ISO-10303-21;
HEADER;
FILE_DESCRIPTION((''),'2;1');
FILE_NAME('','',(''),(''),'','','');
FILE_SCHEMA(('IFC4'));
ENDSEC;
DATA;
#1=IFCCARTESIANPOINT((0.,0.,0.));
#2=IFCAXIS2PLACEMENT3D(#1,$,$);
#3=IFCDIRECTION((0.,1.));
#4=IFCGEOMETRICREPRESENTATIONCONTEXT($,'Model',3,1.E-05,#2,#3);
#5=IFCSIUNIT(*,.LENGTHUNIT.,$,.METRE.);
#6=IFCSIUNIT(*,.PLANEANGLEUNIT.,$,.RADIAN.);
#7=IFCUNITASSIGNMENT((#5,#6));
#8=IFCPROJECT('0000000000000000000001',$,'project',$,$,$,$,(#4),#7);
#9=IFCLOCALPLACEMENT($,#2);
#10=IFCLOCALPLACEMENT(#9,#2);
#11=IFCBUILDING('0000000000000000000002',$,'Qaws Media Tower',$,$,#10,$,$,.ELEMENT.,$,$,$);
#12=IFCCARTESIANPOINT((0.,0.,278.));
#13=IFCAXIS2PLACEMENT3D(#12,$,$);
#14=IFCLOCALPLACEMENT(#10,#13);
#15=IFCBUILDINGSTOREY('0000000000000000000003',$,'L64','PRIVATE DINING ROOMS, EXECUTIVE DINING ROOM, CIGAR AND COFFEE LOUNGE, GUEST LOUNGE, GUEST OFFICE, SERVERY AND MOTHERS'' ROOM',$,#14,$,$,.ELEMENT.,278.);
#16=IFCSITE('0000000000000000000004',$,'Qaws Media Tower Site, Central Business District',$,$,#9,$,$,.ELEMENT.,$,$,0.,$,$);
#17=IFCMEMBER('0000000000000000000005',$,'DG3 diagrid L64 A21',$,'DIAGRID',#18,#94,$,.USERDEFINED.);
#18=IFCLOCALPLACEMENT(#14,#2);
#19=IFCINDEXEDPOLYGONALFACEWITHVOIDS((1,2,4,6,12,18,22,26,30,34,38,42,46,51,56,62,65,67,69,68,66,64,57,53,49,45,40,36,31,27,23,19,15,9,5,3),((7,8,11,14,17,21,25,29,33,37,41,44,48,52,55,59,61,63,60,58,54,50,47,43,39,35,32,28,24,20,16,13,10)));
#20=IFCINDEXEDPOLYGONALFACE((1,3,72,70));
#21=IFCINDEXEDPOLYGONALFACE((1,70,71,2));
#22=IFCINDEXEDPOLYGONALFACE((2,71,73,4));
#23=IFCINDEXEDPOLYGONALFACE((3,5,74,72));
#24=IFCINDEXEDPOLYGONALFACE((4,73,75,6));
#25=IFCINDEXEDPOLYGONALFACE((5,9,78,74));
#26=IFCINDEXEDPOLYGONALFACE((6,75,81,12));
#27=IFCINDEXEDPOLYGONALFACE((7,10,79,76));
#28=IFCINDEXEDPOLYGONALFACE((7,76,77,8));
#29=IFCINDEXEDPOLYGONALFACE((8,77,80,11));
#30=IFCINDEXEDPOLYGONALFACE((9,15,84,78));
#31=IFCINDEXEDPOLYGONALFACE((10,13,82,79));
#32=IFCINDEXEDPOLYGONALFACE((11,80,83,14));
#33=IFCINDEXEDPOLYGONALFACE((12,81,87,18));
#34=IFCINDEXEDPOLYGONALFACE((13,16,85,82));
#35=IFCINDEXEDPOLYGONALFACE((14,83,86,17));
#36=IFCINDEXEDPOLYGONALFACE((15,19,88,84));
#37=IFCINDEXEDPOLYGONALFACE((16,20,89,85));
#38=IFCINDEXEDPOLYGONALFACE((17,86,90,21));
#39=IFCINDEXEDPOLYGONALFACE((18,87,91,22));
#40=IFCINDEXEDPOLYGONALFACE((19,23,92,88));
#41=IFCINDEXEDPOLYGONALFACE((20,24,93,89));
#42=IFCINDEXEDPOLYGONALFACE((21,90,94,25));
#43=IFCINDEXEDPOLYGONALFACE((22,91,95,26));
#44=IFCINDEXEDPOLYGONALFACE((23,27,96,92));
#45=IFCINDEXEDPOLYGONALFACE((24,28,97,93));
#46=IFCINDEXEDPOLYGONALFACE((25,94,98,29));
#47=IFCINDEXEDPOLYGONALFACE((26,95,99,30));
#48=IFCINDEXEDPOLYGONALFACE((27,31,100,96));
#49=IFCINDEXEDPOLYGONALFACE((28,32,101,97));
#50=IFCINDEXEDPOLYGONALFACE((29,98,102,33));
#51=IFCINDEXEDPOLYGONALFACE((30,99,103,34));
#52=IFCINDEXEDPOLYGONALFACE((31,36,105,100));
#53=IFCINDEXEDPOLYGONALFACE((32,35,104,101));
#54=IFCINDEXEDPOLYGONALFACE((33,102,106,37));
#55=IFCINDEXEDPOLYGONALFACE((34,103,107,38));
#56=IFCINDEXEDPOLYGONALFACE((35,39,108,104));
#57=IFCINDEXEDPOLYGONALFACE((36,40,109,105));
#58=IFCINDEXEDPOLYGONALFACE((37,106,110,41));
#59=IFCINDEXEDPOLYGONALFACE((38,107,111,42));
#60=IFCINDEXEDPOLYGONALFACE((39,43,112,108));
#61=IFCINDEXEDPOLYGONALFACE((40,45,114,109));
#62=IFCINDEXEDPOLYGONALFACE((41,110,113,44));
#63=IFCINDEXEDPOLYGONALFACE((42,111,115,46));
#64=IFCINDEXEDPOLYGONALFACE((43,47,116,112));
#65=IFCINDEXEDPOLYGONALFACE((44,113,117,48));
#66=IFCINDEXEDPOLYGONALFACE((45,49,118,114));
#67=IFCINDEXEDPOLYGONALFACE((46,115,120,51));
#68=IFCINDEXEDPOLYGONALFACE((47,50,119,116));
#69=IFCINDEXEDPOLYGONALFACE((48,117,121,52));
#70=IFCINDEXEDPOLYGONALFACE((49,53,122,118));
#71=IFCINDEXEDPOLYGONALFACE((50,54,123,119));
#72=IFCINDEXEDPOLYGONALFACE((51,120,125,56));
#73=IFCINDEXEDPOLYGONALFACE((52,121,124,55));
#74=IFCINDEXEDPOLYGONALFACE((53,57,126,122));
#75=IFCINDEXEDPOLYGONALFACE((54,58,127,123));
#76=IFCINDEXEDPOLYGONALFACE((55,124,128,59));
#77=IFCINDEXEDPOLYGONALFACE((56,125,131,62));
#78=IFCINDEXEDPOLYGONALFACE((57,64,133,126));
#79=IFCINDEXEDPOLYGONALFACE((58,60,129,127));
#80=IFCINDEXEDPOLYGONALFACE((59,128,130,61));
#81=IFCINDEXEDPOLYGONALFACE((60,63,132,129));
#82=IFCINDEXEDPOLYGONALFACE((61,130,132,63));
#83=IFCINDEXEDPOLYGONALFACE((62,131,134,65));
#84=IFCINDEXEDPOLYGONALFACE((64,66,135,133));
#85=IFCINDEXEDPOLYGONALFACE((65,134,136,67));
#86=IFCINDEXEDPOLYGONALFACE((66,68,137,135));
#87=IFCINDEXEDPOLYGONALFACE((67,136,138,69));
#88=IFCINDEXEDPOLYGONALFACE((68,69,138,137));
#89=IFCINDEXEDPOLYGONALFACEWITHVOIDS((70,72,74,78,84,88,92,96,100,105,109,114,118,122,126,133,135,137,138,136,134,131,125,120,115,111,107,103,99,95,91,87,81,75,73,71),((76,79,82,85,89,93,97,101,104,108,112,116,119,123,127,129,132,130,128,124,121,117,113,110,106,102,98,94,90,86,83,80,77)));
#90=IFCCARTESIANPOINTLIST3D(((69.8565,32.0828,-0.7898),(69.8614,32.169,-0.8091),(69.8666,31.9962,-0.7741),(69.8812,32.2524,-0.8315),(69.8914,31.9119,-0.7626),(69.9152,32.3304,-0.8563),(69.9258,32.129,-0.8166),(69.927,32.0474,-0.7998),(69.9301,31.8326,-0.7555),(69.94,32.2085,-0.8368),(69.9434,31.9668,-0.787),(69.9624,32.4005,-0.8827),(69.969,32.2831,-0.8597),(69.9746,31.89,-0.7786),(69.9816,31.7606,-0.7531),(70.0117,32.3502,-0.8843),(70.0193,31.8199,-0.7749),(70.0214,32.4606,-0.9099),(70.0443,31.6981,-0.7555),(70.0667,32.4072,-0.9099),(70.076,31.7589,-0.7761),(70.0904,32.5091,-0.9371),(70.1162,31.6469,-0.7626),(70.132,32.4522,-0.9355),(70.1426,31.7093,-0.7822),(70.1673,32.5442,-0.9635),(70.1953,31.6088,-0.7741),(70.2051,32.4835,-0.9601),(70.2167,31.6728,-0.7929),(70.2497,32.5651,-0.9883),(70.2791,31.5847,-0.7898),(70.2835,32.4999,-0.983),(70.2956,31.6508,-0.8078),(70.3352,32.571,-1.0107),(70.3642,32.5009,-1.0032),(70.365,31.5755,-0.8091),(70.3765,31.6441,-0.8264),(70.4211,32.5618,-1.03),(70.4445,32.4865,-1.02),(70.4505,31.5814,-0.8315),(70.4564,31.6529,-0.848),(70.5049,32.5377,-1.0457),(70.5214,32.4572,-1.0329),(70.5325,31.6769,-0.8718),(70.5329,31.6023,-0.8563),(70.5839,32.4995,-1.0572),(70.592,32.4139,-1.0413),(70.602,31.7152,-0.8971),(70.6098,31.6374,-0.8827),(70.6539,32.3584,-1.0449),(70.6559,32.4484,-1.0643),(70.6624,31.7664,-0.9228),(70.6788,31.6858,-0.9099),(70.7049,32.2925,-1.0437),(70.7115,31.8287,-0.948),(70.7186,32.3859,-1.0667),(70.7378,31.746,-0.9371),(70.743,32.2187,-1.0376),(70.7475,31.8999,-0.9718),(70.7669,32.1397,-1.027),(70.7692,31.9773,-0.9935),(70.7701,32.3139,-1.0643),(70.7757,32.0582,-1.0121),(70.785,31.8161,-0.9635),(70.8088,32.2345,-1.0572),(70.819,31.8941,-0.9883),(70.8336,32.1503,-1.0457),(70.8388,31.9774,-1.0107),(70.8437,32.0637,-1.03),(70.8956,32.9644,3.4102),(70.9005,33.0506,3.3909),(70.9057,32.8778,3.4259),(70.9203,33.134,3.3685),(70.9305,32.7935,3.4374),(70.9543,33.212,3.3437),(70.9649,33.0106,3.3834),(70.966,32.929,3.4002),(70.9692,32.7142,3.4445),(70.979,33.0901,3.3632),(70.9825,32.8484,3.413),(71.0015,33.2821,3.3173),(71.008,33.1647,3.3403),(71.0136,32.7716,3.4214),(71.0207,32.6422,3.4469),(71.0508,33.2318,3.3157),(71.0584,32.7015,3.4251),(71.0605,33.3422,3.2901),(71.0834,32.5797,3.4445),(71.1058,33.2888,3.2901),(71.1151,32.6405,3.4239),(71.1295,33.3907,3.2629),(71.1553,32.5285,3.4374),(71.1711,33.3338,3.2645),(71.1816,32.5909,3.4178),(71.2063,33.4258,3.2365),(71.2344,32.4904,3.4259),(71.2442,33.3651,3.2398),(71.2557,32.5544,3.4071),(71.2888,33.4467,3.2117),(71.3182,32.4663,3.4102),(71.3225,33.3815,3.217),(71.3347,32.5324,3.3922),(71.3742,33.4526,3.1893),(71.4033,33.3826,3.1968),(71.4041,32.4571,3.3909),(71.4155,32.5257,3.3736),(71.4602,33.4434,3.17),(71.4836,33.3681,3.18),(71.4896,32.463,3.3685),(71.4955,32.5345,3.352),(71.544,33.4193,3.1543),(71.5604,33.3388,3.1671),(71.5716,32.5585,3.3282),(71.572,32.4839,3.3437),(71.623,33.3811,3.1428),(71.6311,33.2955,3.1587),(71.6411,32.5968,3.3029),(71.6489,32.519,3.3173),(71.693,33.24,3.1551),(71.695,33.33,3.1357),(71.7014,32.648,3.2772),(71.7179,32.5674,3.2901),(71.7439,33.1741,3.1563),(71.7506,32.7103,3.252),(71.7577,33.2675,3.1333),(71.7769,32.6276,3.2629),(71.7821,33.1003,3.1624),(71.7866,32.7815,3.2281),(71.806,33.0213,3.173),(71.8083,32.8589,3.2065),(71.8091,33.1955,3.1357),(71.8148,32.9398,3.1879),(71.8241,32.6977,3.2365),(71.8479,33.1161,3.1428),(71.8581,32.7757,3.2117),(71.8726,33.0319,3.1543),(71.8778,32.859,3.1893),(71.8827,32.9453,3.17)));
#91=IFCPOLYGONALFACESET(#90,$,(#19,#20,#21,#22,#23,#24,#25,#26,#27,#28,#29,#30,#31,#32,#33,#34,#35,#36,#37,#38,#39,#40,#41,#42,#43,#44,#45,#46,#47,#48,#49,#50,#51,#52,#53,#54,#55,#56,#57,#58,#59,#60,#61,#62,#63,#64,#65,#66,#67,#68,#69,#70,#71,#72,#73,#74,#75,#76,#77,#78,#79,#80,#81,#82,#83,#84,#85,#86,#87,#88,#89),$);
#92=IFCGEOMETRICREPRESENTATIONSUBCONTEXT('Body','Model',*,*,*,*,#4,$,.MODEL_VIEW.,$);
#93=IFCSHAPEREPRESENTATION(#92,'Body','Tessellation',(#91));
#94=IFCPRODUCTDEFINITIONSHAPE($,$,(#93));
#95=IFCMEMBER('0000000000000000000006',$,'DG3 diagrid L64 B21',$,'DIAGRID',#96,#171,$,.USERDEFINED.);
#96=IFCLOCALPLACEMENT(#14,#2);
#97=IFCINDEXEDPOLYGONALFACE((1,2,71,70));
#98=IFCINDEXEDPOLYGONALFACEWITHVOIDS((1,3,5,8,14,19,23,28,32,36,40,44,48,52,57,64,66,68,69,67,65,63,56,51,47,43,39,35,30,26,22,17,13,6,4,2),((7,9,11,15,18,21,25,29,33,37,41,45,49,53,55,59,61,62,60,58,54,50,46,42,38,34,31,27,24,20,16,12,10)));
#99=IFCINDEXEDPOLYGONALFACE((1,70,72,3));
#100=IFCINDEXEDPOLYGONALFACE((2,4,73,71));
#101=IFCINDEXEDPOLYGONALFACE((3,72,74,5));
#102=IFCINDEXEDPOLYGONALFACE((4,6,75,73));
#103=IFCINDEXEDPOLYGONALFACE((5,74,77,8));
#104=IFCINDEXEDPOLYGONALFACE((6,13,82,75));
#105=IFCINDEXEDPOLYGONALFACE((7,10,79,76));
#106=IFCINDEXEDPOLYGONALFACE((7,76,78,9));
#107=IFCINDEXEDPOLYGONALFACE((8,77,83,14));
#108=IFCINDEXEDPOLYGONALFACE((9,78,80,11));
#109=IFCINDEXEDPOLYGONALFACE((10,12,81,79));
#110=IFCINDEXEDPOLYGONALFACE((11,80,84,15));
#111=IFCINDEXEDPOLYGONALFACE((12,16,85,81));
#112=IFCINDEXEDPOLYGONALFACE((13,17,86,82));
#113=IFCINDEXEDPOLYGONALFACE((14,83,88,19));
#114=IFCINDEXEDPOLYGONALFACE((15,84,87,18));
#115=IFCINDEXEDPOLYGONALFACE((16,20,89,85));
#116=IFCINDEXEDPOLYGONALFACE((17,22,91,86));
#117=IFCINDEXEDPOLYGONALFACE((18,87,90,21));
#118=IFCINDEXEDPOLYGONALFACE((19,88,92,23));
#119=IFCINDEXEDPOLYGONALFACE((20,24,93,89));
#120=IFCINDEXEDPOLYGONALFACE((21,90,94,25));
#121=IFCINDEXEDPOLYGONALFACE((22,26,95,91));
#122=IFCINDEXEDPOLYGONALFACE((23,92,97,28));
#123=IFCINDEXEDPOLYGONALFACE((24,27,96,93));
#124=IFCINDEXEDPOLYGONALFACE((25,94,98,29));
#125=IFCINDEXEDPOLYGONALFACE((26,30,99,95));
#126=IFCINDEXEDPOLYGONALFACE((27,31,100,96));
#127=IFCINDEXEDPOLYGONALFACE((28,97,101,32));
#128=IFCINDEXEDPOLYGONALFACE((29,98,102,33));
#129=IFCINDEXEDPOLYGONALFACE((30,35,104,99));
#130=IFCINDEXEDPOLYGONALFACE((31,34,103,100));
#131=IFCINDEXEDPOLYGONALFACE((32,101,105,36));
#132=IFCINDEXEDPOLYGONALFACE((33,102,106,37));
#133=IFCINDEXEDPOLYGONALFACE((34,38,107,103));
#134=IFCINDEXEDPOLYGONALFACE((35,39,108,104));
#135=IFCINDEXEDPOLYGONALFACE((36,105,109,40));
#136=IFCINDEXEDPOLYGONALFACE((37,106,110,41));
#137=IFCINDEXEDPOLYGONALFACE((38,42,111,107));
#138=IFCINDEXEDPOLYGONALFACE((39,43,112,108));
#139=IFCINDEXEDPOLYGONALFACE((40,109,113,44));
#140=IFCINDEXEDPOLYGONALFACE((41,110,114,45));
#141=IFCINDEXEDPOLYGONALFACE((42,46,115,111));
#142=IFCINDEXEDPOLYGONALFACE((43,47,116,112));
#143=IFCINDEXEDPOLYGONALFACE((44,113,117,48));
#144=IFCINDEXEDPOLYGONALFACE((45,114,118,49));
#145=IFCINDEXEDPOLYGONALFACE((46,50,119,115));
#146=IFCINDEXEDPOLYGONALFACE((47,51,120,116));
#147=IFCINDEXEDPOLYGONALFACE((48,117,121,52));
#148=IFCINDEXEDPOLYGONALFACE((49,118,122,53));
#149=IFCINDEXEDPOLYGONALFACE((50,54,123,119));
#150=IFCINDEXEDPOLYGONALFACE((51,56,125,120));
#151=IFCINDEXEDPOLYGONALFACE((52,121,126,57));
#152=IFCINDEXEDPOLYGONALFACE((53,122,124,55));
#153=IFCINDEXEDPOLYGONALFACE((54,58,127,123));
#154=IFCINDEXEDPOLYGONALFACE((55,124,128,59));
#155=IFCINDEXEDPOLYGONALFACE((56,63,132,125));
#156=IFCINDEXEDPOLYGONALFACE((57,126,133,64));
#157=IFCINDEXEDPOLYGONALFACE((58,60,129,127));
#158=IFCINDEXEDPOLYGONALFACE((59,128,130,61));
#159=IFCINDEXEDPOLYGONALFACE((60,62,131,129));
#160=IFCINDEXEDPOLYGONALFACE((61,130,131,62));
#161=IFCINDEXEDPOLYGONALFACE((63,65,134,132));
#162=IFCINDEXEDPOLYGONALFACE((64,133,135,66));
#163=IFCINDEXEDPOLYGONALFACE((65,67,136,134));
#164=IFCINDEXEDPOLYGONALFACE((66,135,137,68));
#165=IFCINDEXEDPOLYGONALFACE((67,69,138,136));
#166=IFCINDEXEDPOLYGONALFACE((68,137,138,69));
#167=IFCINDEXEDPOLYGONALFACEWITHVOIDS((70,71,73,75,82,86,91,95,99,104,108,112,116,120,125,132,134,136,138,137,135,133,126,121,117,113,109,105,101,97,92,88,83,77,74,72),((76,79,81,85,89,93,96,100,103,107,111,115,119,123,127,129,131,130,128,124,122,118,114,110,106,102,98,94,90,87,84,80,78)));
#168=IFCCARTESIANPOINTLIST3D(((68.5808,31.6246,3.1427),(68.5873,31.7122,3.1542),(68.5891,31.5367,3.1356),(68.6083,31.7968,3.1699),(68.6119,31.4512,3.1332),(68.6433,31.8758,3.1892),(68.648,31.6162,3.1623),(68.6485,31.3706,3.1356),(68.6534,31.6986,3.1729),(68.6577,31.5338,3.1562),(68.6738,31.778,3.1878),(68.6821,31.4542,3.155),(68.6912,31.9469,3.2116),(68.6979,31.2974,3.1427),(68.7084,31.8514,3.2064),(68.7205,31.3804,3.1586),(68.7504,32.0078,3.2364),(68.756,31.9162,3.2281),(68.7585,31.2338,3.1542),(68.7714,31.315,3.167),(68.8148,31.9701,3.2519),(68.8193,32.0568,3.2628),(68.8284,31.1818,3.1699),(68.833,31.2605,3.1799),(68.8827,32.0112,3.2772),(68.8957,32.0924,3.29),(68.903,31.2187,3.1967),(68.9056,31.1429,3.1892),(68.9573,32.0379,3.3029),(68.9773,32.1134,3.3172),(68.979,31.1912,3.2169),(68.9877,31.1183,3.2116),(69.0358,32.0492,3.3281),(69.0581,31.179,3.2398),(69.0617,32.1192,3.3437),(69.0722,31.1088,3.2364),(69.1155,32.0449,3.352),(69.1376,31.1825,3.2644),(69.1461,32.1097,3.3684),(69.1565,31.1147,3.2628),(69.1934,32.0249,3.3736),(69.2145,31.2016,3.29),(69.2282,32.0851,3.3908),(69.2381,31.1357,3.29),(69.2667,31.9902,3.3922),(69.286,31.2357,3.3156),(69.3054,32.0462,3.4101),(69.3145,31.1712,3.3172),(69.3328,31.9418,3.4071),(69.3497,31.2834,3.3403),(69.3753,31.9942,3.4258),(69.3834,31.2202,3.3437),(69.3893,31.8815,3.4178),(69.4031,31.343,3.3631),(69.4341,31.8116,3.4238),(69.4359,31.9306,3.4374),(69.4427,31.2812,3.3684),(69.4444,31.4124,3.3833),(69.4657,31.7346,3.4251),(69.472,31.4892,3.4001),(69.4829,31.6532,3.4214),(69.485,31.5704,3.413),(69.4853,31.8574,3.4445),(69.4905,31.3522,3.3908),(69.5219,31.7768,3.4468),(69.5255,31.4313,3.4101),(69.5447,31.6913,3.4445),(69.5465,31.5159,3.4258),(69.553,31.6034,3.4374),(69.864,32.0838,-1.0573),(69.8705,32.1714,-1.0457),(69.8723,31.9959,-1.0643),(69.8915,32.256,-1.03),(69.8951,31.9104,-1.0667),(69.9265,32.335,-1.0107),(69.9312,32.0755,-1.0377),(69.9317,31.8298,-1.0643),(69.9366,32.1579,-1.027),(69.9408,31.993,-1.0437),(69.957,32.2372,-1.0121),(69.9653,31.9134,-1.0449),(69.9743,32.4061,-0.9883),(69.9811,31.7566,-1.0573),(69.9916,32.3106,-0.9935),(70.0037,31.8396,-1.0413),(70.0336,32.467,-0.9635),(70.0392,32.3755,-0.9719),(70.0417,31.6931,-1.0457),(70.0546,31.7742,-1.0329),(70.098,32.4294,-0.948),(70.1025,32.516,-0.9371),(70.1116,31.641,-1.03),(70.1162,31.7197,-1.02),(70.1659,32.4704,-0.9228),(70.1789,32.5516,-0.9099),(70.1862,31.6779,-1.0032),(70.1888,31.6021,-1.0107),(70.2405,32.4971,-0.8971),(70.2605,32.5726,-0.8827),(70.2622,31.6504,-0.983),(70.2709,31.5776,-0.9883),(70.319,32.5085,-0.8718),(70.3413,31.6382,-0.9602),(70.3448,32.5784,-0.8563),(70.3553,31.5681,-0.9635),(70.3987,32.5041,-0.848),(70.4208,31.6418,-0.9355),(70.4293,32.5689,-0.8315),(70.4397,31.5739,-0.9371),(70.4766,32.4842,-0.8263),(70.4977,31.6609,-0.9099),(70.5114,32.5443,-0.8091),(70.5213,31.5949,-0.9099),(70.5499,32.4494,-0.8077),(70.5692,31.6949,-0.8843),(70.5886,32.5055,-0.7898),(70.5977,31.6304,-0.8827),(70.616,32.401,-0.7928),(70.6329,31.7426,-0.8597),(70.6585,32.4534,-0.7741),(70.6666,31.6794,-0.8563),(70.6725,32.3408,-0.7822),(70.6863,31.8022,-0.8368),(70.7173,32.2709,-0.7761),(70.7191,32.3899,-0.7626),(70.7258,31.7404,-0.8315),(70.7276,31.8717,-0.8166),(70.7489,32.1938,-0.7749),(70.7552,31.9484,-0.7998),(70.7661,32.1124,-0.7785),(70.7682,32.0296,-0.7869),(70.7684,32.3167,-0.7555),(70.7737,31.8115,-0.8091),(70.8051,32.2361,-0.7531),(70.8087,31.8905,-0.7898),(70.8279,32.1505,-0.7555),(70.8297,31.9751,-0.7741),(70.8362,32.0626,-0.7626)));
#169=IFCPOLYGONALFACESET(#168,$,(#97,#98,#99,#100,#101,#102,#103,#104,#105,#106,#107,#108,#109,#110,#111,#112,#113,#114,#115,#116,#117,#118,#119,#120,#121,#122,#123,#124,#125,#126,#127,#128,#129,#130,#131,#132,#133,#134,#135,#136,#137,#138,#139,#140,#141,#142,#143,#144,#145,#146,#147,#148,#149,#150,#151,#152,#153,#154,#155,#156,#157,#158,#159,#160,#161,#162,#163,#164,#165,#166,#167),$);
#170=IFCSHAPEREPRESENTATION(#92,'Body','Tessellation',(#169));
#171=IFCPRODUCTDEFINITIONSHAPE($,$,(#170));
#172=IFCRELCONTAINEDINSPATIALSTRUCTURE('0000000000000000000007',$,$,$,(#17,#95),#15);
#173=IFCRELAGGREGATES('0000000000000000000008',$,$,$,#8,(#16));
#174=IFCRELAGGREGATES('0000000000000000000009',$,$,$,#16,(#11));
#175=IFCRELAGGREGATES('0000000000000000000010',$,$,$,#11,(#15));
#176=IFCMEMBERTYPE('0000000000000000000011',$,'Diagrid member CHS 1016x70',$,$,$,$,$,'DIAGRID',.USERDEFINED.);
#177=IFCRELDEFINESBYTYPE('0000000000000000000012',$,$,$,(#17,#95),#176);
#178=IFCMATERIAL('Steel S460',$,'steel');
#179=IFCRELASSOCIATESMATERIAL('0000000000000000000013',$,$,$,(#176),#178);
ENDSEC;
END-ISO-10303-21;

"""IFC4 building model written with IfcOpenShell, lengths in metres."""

from ifc_helpers import new_model, si_unit, direction, frame, origin, origin_2d, place, context, subcontext, project, spatial, hollow_circle, extrude, material, material_profile, profile_set, type_object, element, save


model = new_model("IFC4")

# Units and contexts
model_context = context("Model", 3, precision=1e-05, world=origin(), true_north=direction((0.0, 1.0)))
body_context = subcontext(model_context, "Body", "Model", "MODEL_VIEW")
ifc_project = project(units=[si_unit("LENGTHUNIT", "METRE"), si_unit("PLANEANGLEUNIT", "RADIAN")], contexts=[model_context])

# Site, building, storey
site_placement = place(None, origin())
site = spatial("IfcSite", under=ifc_project, at=site_placement, Name="Qaws Media Tower Site, Central Business District", CompositionType="ELEMENT", RefElevation=0.0)
building_placement = place(site_placement, origin())
building = spatial("IfcBuilding", under=site, at=building_placement, Name="Qaws Media Tower", CompositionType="ELEMENT")
storey_placement = place(building_placement, frame((0.0, 0.0, 278.0)))
storey = spatial("IfcBuildingStorey", under=building, at=storey_placement, Name="L64", Description="PRIVATE DINING ROOMS, EXECUTIVE DINING ROOM, CIGAR AND COFFEE LOUNGE, GUEST LOUNGE, GUEST OFFICE, SERVERY AND MOTHERS' ROOM", CompositionType="ELEMENT", Elevation=278.0)

# Members
ifc_material_1 = material(Name="Steel S460", Category="steel")
ifc_material_profile_1 = material_profile(ifc_material_1, hollow_circle(Radius=0.5081, WallThickness=0.0701, at=origin_2d()), Name="CHS 1016x70")
ifc_profile_set_1 = profile_set([ifc_material_profile_1], Name="Steel S460")
member_type_1 = type_object("IfcMemberType", Name="Diagrid member CHS 1016x70", ElementType="DIAGRID", PredefinedType="USERDEFINED", material=ifc_profile_set_1)
for number, where, z_axis, x_axis, name in (
    (1, (70.3501, 32.0732, -0.9099), (0.235323, 0.199659, 0.951188), (-0.646962, 0.762523, 0.0), "DG3 diagrid L64 A21"),
    (2, (70.3501, 32.0732, -0.9099), (-0.29061, -0.104003, 0.951173), (0.336949, -0.941523, 0.0), "DG3 diagrid L64 B21"),
):
    element("IfcMember", number, at=place(storey_placement, frame(where, z_axis=z_axis, x_axis=x_axis)), inside=storey, type_object=member_type_1, Name=name, ObjectType="DIAGRID", PredefinedType="USERDEFINED", context=body_context, shape_type="SweptSolid", body=[
        extrude(hollow_circle(Radius=0.5081, WallThickness=0.0701, at=origin_2d()), origin(), (0.0, 0.0, 1.0), 4.4155),
    ])

save(model, "model.ifc")
